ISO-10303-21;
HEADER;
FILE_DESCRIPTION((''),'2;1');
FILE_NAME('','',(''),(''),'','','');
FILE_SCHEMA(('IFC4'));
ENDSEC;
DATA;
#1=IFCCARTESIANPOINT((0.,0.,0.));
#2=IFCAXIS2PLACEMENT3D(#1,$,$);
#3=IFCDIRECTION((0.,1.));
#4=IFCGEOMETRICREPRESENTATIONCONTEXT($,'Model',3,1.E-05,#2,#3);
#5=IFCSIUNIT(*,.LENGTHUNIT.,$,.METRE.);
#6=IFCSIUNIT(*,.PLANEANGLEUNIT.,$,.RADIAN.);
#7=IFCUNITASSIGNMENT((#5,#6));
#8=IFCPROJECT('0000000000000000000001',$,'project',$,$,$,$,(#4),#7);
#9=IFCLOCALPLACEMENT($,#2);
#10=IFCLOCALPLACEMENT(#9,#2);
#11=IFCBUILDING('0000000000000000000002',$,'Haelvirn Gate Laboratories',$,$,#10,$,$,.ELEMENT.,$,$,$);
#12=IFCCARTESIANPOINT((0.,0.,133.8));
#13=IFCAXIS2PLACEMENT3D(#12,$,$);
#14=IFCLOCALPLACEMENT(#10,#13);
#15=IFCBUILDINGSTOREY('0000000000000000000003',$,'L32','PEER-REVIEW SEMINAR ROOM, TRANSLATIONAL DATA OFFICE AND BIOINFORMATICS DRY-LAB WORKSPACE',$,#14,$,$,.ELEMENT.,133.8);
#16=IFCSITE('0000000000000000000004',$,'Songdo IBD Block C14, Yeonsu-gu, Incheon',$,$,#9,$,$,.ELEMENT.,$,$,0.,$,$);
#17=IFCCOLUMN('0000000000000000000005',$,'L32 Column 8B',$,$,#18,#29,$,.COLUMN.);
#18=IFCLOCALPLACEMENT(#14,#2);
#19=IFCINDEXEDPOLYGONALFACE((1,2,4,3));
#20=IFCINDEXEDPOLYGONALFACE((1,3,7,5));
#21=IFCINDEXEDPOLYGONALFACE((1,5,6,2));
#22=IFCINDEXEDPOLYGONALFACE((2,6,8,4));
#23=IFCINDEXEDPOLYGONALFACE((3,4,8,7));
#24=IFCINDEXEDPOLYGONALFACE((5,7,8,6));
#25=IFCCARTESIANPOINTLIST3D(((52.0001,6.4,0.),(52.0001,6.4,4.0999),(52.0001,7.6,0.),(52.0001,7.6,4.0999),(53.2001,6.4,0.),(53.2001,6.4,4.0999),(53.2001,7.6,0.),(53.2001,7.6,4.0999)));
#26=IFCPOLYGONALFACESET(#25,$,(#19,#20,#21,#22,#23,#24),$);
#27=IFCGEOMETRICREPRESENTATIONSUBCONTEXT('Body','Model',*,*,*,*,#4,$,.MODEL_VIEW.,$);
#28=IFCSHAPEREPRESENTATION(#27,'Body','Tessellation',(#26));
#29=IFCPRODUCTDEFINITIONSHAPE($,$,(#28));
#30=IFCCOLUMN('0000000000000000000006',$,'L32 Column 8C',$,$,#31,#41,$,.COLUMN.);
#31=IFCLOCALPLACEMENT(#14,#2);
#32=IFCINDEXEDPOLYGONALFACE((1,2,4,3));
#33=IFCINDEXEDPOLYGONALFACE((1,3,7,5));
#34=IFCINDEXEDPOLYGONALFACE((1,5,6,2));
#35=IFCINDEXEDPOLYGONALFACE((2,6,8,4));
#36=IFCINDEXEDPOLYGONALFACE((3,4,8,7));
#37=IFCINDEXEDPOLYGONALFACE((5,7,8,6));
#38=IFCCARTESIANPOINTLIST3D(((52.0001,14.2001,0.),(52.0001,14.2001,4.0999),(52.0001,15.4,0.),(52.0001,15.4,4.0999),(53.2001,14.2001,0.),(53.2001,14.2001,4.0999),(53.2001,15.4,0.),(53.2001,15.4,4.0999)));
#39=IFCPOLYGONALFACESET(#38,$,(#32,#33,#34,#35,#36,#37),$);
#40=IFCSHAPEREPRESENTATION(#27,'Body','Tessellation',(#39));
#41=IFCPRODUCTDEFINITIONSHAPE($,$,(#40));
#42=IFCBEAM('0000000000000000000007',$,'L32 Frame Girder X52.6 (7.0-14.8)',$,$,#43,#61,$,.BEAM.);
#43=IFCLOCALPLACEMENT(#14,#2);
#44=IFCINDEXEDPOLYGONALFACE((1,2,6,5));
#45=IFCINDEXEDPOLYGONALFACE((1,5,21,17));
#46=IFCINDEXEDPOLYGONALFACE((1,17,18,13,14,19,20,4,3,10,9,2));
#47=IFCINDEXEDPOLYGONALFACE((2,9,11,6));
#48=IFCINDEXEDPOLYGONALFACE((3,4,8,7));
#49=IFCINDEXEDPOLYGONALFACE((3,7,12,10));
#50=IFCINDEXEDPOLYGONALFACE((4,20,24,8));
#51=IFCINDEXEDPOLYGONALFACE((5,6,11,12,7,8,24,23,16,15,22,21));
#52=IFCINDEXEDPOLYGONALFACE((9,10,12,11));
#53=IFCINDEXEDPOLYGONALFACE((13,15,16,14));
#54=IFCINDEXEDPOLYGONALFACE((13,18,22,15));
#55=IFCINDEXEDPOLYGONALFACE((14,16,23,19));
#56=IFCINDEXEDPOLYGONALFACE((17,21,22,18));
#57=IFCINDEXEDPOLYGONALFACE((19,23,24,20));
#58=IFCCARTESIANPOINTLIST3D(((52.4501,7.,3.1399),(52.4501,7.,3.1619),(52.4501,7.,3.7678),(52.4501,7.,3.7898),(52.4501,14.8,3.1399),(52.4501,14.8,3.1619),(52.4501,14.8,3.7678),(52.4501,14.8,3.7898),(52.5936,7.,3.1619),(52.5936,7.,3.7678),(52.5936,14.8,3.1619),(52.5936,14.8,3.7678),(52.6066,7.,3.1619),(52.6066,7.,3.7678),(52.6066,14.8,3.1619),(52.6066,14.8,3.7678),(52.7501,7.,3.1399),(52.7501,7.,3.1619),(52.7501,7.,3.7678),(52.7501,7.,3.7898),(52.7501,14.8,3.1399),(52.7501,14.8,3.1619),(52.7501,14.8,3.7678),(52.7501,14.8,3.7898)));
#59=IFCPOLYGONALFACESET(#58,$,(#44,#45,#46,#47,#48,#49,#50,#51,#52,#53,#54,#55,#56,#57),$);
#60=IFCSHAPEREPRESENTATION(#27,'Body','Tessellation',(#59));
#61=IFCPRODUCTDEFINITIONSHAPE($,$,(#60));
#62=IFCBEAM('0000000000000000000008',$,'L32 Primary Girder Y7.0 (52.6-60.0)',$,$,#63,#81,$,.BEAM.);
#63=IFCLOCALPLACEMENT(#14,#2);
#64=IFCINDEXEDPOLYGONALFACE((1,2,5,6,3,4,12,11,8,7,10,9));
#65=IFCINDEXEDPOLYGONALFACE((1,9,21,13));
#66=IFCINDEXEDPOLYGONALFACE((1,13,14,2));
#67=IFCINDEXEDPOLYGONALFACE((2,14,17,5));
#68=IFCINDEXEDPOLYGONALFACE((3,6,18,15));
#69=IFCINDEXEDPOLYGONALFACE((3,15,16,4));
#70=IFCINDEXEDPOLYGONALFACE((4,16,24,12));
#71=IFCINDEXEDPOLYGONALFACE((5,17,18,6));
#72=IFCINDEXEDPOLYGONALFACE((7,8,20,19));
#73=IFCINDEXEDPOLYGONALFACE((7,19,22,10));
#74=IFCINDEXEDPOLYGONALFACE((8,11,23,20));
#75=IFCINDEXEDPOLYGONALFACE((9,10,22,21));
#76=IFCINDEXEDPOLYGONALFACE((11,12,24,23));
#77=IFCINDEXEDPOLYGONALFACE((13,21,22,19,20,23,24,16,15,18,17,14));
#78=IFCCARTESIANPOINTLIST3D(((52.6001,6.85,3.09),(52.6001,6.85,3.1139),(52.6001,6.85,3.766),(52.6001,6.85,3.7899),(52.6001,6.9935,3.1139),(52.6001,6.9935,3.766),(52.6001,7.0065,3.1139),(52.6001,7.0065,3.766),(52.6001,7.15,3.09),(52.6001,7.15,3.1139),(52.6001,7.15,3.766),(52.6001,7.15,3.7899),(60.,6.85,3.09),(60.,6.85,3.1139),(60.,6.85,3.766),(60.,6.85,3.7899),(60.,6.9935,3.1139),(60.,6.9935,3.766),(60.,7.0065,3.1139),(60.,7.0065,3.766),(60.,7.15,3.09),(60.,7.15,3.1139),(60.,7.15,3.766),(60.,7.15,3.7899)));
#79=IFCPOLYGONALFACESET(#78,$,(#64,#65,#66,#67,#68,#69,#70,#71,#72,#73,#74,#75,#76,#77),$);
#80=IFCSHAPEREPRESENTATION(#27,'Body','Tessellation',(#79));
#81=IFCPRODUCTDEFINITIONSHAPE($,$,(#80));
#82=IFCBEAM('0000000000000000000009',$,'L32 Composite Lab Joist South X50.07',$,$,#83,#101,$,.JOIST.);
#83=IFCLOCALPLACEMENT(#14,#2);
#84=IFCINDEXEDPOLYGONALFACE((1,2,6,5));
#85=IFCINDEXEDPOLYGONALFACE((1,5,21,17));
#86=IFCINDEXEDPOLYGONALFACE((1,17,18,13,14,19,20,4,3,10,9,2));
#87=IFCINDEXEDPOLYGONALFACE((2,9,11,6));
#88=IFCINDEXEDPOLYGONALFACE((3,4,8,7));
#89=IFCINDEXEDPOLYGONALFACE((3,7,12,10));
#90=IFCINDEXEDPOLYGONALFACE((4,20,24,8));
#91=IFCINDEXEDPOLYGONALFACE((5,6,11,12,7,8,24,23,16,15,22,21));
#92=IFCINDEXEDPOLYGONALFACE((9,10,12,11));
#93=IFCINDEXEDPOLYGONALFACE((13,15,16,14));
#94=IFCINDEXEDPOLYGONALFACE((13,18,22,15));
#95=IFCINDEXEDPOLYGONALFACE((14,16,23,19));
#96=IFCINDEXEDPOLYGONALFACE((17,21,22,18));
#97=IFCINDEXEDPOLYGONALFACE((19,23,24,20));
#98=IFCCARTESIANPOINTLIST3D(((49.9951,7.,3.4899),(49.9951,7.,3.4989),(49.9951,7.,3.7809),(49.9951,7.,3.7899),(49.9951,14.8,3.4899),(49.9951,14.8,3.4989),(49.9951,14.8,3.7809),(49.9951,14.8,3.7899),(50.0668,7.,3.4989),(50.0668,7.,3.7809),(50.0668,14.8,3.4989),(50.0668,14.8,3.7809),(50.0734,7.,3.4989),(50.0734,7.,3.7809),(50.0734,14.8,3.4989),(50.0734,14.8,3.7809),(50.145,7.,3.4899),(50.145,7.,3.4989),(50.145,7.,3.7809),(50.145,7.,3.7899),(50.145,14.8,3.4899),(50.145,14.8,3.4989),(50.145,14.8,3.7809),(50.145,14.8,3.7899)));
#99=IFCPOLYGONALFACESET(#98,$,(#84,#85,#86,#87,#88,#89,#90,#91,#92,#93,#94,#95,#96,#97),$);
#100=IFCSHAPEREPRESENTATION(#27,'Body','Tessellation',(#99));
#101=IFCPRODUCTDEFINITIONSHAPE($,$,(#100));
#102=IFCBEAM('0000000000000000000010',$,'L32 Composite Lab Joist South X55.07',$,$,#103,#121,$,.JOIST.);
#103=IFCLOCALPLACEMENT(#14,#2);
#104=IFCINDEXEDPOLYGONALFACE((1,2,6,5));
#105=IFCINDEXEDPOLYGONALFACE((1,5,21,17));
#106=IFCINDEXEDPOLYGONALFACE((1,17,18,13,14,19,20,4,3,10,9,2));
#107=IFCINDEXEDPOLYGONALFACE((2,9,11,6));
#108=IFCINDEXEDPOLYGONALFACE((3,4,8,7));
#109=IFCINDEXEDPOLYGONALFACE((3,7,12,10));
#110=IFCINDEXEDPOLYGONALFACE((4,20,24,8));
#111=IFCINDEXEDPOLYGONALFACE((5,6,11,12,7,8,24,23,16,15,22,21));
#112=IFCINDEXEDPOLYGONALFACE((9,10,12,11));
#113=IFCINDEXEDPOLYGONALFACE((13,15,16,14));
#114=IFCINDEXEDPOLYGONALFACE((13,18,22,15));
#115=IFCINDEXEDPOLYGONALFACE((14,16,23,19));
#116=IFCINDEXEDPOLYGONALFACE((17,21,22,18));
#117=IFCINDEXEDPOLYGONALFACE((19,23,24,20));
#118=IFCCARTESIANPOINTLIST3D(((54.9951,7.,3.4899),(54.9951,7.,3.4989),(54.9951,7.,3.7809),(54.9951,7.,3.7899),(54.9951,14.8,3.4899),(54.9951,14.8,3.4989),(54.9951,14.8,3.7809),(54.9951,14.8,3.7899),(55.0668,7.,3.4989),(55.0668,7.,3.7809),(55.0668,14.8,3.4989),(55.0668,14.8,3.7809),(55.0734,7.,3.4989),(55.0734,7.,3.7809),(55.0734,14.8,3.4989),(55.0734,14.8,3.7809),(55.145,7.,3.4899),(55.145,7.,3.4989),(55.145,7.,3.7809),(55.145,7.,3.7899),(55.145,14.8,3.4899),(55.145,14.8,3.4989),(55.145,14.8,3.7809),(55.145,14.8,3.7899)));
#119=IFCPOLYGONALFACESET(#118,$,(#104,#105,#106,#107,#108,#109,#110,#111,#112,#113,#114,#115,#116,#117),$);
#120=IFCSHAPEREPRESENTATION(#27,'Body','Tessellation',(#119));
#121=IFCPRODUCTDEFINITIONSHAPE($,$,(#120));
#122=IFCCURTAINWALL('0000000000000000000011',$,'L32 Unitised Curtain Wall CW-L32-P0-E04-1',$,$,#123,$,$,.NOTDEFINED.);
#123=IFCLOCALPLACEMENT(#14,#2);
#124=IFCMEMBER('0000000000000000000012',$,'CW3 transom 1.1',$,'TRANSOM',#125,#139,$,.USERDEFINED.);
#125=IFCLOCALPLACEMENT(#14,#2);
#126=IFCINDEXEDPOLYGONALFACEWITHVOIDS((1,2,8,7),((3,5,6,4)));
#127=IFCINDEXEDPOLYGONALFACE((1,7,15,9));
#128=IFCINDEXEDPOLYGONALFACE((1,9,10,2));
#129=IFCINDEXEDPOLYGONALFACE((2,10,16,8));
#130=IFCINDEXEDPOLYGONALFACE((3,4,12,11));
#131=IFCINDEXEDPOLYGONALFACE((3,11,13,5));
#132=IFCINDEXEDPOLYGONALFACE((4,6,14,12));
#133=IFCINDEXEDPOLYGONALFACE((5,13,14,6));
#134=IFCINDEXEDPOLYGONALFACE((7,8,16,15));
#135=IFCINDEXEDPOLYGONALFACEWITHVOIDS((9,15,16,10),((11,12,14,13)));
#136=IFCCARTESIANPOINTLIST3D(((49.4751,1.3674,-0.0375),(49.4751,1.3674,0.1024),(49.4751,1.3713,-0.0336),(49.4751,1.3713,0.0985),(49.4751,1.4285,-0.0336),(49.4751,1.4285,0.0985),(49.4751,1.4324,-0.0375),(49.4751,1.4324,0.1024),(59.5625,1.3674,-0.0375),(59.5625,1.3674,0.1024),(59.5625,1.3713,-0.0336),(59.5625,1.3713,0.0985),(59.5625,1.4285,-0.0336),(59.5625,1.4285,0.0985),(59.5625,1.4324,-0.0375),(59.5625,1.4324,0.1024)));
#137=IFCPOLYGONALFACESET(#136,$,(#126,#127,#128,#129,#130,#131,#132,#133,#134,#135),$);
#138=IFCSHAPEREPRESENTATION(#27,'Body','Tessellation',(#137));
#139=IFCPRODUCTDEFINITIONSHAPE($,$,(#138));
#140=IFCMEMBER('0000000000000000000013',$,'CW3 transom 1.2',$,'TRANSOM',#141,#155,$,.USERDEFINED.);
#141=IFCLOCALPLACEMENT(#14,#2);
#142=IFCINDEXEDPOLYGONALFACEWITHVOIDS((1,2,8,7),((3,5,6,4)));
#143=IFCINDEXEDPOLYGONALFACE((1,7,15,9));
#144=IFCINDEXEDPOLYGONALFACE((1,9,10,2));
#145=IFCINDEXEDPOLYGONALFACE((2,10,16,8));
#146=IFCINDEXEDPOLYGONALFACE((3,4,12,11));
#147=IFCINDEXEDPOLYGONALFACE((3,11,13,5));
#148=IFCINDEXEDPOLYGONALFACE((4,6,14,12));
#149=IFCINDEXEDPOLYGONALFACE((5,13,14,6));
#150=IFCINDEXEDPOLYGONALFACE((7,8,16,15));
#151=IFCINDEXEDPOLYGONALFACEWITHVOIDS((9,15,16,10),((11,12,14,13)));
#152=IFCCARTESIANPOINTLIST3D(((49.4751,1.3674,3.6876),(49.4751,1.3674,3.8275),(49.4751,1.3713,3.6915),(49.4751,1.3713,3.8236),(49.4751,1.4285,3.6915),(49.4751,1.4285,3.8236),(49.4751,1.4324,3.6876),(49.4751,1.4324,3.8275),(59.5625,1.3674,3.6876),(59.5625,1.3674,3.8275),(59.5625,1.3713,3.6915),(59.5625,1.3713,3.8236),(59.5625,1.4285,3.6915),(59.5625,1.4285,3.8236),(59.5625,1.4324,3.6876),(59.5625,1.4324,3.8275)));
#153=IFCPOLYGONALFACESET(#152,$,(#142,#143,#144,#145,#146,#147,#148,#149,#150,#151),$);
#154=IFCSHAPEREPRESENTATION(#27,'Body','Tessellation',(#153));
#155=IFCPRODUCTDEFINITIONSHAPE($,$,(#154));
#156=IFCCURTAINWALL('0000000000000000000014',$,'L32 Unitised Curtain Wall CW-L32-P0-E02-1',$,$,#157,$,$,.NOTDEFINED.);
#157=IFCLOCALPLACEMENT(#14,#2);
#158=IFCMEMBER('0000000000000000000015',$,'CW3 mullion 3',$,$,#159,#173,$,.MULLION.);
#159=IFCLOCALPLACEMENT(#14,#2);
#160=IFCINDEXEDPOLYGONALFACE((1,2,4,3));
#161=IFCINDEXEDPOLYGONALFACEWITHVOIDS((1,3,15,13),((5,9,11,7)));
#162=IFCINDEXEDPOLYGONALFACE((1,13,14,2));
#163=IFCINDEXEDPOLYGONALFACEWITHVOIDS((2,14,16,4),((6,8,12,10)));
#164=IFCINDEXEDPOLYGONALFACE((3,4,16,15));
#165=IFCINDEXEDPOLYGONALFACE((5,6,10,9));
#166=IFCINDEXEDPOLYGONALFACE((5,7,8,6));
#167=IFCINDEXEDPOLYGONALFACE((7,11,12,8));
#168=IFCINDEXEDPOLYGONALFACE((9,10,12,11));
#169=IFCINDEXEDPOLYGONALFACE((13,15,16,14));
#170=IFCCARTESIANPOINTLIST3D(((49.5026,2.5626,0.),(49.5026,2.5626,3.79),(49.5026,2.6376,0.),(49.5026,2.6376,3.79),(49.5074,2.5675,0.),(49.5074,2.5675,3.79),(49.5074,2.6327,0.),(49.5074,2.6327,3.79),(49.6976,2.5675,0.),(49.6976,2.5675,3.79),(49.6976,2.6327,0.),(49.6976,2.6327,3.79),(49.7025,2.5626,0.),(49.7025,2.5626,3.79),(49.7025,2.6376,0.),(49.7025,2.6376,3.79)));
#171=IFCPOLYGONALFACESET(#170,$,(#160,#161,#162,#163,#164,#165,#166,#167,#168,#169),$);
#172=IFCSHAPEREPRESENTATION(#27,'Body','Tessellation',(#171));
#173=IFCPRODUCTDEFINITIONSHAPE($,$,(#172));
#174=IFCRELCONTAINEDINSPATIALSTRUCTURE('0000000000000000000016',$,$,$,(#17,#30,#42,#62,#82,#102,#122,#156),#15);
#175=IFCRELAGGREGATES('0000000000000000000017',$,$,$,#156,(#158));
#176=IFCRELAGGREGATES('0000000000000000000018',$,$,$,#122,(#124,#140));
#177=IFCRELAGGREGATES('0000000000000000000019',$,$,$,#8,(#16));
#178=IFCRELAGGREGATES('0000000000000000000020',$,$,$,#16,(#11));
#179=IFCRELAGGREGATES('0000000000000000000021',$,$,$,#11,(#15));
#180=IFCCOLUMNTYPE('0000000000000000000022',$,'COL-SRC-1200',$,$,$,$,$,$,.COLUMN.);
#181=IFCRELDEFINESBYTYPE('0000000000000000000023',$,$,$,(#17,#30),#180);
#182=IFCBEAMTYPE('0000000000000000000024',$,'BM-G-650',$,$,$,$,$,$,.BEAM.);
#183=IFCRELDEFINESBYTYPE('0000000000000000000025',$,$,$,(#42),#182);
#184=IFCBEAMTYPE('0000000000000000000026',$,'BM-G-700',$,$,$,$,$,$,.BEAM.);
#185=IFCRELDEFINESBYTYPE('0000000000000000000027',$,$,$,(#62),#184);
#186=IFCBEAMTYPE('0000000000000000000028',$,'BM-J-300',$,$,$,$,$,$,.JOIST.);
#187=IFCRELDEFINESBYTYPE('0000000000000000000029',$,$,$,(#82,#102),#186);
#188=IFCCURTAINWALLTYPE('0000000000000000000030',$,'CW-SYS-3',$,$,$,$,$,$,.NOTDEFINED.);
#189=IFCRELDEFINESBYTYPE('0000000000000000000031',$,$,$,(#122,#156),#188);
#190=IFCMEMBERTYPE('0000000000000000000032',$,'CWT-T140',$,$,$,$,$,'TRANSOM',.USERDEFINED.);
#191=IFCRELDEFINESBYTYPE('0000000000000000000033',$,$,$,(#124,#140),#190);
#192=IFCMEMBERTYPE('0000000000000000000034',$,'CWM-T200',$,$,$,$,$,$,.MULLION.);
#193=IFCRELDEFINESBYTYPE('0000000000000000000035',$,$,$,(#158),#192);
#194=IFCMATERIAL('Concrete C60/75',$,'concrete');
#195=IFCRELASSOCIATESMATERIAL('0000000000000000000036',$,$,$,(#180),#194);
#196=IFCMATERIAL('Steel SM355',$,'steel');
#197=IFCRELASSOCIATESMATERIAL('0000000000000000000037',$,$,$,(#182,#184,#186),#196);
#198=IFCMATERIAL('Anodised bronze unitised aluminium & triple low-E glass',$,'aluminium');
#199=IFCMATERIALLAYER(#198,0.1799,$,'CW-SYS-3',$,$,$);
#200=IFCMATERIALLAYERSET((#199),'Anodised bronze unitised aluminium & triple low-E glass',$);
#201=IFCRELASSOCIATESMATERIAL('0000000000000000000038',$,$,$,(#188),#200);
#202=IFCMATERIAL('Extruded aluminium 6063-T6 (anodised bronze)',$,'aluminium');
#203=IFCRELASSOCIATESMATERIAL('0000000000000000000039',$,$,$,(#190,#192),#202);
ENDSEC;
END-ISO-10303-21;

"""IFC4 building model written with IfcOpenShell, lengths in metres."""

from ifc_helpers import new_model, si_unit, direction, frame, origin, origin_2d, place, context, subcontext, project, spatial, rectangle, hollow_rectangle, i_section, extrude, source, transform, mapped, material, layer, layer_set, material_profile, profile_set, type_object, type_shapes, element, aggregate, save


model = new_model("IFC4")

# Units and contexts
model_context = context("Model", 3, precision=1e-05, world=origin(), true_north=direction((0.0, 1.0)))
body_context = subcontext(model_context, "Body", "Model", "MODEL_VIEW")
ifc_project = project(units=[si_unit("LENGTHUNIT", "METRE"), si_unit("PLANEANGLEUNIT", "RADIAN")], contexts=[model_context])

# Site, building, storey
site_placement = place(None, origin())
site = spatial("IfcSite", under=ifc_project, at=site_placement, Name="Songdo IBD Block C14, Yeonsu-gu, Incheon", CompositionType="ELEMENT", RefElevation=0.0)
building_placement = place(site_placement, origin())
building = spatial("IfcBuilding", under=site, at=building_placement, Name="Haelvirn Gate Laboratories", CompositionType="ELEMENT")
storey_placement = place(building_placement, frame((0.0, 0.0, 133.8)))
storey = spatial("IfcBuildingStorey", under=building, at=storey_placement, Name="L32", Description="PEER-REVIEW SEMINAR ROOM, TRANSLATIONAL DATA OFFICE AND BIOINFORMATICS DRY-LAB WORKSPACE", CompositionType="ELEMENT", Elevation=133.8)

# Columns
ifc_material_1 = material(Name="Concrete C60/75", Category="concrete")
ifc_material_profile_1 = material_profile(ifc_material_1, rectangle(XDim=1.2, YDim=1.2, at=origin_2d()), Name="SRC-1200x1200")
ifc_profile_set_1 = profile_set([ifc_material_profile_1], Name="Concrete C60/75")
column_type = type_object("IfcColumnType", Name="COL-SRC-1200", PredefinedType="COLUMN", material=ifc_profile_set_1)
shared_shape_1 = source(origin(), body_context, "Body", "SweptSolid", [
    extrude(rectangle(XDim=1.2, YDim=1.2, at=origin_2d()), origin(), (0.0, 0.0, 1.0), 4.0999),
])
type_shapes(column_type, [shared_shape_1])
for number, where, z_axis, x_axis, name in (
    (1, (52.6001, 7.0, 0.0), (0.0, 0.0, 1.0), (1.0, 0.0, 0.0), "L32 Column 8B"),
    (2, (52.6001, 14.8, 0.0), (0.0, 0.0, 1.0), (1.0, 0.0, 0.0), "L32 Column 8C"),
):
    element("IfcColumn", number, at=place(storey_placement, frame(where, z_axis=z_axis, x_axis=x_axis)), inside=storey, type_object=column_type, Name=name, PredefinedType="COLUMN", context=body_context, shape_type="MappedRepresentation", body=[
        mapped(shared_shape_1, transform((0.0, 0.0, 0.0), scale=1.0)),
    ])

# Beams
ifc_material_2 = material(Name="Steel SM355", Category="steel")
ifc_material_profile_2 = material_profile(ifc_material_2, i_section(OverallWidth=0.3, OverallDepth=0.6499, WebThickness=0.0129, FlangeThickness=0.022, at=origin_2d()), Name="H-650x300x13x22")
ifc_profile_set_2 = profile_set([ifc_material_profile_2], Name="Steel SM355")
beam_type_1 = type_object("IfcBeamType", Name="BM-G-650", PredefinedType="BEAM", material=ifc_profile_set_2)
shared_shape_2 = source(origin(), body_context, "Body", "SweptSolid", [
    extrude(i_section(OverallWidth=0.3, OverallDepth=0.6499, WebThickness=0.0129, FlangeThickness=0.022, at=origin_2d()), origin(), (0.0, 0.0, 1.0), 7.8),
])
type_shapes(beam_type_1, [shared_shape_2])
beam_1_placement = place(storey_placement, frame((52.6001, 7.0, 3.4648), z_axis=(0.0, 1.0, 0.0), x_axis=(-1.0, 0.0, 0.0)))
element("IfcBeam", 3, at=beam_1_placement, inside=storey, type_object=beam_type_1, Name="L32 Frame Girder X52.6 (7.0-14.8)", PredefinedType="BEAM", context=body_context, shape_type="MappedRepresentation", body=[
    mapped(shared_shape_2, transform((0.0, 0.0, 0.0), scale=1.0)),
])
ifc_material_profile_3 = material_profile(ifc_material_2, i_section(OverallWidth=0.3, OverallDepth=0.7, WebThickness=0.0129, FlangeThickness=0.0239, at=origin_2d()), Name="H-700x300x13x24")
ifc_profile_set_3 = profile_set([ifc_material_profile_3], Name="Steel SM355")
beam_type_2 = type_object("IfcBeamType", Name="BM-G-700", PredefinedType="BEAM", material=ifc_profile_set_3)
shared_shape_3 = source(origin(), body_context, "Body", "SweptSolid", [
    extrude(i_section(OverallWidth=0.3, OverallDepth=0.7, WebThickness=0.0129, FlangeThickness=0.0239, at=origin_2d()), origin(), (0.0, 0.0, 1.0), 7.3999),
])
type_shapes(beam_type_2, [shared_shape_3])
beam_2_placement = place(storey_placement, frame((52.6001, 7.0, 3.4399), z_axis=(1.0, 0.0, 0.0), x_axis=(0.0, 1.0, 0.0)))
element("IfcBeam", 4, at=beam_2_placement, inside=storey, type_object=beam_type_2, Name="L32 Primary Girder Y7.0 (52.6-60.0)", PredefinedType="BEAM", context=body_context, shape_type="MappedRepresentation", body=[
    mapped(shared_shape_3, transform((0.0, 0.0, 0.0), scale=1.0)),
])
ifc_material_profile_4 = material_profile(ifc_material_2, i_section(OverallWidth=0.1499, OverallDepth=0.3, WebThickness=0.0066, FlangeThickness=0.009, at=origin_2d()), Name="H-300x150x6.5x9")
ifc_profile_set_4 = profile_set([ifc_material_profile_4], Name="Steel SM355")
beam_type_3 = type_object("IfcBeamType", Name="BM-J-300", PredefinedType="JOIST", material=ifc_profile_set_4)
shared_shape_4 = source(origin(), body_context, "Body", "SweptSolid", [
    extrude(i_section(OverallWidth=0.1499, OverallDepth=0.3, WebThickness=0.0066, FlangeThickness=0.009, at=origin_2d()), origin(), (0.0, 0.0, 1.0), 7.8),
])
type_shapes(beam_type_3, [shared_shape_4])
for number, where, z_axis, x_axis, name in (
    (5, (50.0701, 7.0, 3.6399), (0.0, 1.0, 0.0), (-1.0, 0.0, 0.0), "L32 Composite Lab Joist South X50.07"),
    (6, (55.0701, 7.0, 3.6399), (0.0, 1.0, 0.0), (-1.0, 0.0, 0.0), "L32 Composite Lab Joist South X55.07"),
):
    element("IfcBeam", number, at=place(storey_placement, frame(where, z_axis=z_axis, x_axis=x_axis)), inside=storey, type_object=beam_type_3, Name=name, PredefinedType="JOIST", context=body_context, shape_type="MappedRepresentation", body=[
        mapped(shared_shape_4, transform((0.0, 0.0, 0.0), scale=1.0)),
    ])

# Curtain wall, members
ifc_material_3 = material(Name="Anodised bronze unitised aluminium & triple low-E glass", Category="aluminium")
ifc_layer_1 = layer(ifc_material_3, 0.1799, Name="CW-SYS-3")
ifc_layer_set_1 = layer_set([ifc_layer_1], Name="Anodised bronze unitised aluminium & triple low-E glass")
curtain_wall_type = type_object("IfcCurtainWallType", Name="CW-SYS-3", PredefinedType="NOTDEFINED", material=ifc_layer_set_1)
curtain_wall_1_placement = place(storey_placement, origin())
curtain_wall_1 = element("IfcCurtainWall", 7, at=curtain_wall_1_placement, inside=storey, type_object=curtain_wall_type, Name="L32 Unitised Curtain Wall CW-L32-P0-E04-1", PredefinedType="NOTDEFINED")
ifc_material_4 = material(Name="Extruded aluminium 6063-T6 (anodised bronze)", Category="aluminium")
ifc_material_profile_5 = material_profile(ifc_material_4, hollow_rectangle(XDim=0.0649, YDim=0.1399, WallThickness=0.0039, at=origin_2d()), Name="CWT-140x65x4")
ifc_profile_set_5 = profile_set([ifc_material_profile_5], Name="Extruded aluminium 6063-T6 (anodised bronze)")
member_type_1 = type_object("IfcMemberType", Name="CWT-T140", ElementType="TRANSOM", PredefinedType="USERDEFINED", material=ifc_profile_set_5)
shared_shape_5 = source(origin(), body_context, "Body", "SweptSolid", [
    extrude(hollow_rectangle(XDim=0.0649, YDim=0.1399, WallThickness=0.0039, at=origin_2d()), origin(), (0.0, 0.0, 1.0), 10.0874),
])
type_shapes(member_type_1, [shared_shape_5])
member_1_placement = place(storey_placement, frame((49.4751, 1.3999, 0.0325), z_axis=(1.0, 0.0, 0.0), x_axis=(0.0, 1.0, 0.0)))
member_1 = element("IfcMember", 8, at=member_1_placement, type_object=member_type_1, Name="CW3 transom 1.1", ObjectType="TRANSOM", PredefinedType="USERDEFINED", context=body_context, shape_type="MappedRepresentation", body=[
    mapped(shared_shape_5, transform((0.0, 0.0, 0.0), scale=1.0)),
])
member_2_placement = place(storey_placement, frame((49.4751, 1.3999, 3.7576), z_axis=(1.0, 0.0, 0.0), x_axis=(0.0, 1.0, 0.0)))
member_2 = element("IfcMember", 9, at=member_2_placement, type_object=member_type_1, Name="CW3 transom 1.2", ObjectType="TRANSOM", PredefinedType="USERDEFINED", context=body_context, shape_type="MappedRepresentation", body=[
    mapped(shared_shape_5, transform((0.0, 0.0, 0.0), scale=1.0)),
])

# Curtain wall, member
curtain_wall_2_placement = place(storey_placement, origin())
curtain_wall_2 = element("IfcCurtainWall", 10, at=curtain_wall_2_placement, inside=storey, type_object=curtain_wall_type, Name="L32 Unitised Curtain Wall CW-L32-P0-E02-1", PredefinedType="NOTDEFINED")
ifc_material_profile_6 = material_profile(ifc_material_4, hollow_rectangle(XDim=0.075, YDim=0.2, WallThickness=0.0049, at=origin_2d()), Name="CWM-200x75x5")
ifc_profile_set_6 = profile_set([ifc_material_profile_6], Name="Extruded aluminium 6063-T6 (anodised bronze)")
member_type_2 = type_object("IfcMemberType", Name="CWM-T200", PredefinedType="MULLION", material=ifc_profile_set_6)
shared_shape_6 = source(origin(), body_context, "Body", "SweptSolid", [
    extrude(hollow_rectangle(XDim=0.075, YDim=0.2, WallThickness=0.0049, at=origin_2d()), origin(), (0.0, 0.0, 1.0), 3.79),
])
type_shapes(member_type_2, [shared_shape_6])
member_3_placement = place(storey_placement, frame((49.6025, 2.6001, 0.0), z_axis=(0.0, 0.0, 1.0), x_axis=(0.0, 1.0, 0.0)))
member_3 = element("IfcMember", 11, at=member_3_placement, type_object=member_type_2, Name="CW3 mullion 3", PredefinedType="MULLION", context=body_context, shape_type="MappedRepresentation", body=[
    mapped(shared_shape_6, transform((0.0, 0.0, 0.0), scale=1.0)),
])
aggregate(curtain_wall_2, [member_3])

aggregate(curtain_wall_1, [member_1, member_2])

save(model, "model.ifc")
